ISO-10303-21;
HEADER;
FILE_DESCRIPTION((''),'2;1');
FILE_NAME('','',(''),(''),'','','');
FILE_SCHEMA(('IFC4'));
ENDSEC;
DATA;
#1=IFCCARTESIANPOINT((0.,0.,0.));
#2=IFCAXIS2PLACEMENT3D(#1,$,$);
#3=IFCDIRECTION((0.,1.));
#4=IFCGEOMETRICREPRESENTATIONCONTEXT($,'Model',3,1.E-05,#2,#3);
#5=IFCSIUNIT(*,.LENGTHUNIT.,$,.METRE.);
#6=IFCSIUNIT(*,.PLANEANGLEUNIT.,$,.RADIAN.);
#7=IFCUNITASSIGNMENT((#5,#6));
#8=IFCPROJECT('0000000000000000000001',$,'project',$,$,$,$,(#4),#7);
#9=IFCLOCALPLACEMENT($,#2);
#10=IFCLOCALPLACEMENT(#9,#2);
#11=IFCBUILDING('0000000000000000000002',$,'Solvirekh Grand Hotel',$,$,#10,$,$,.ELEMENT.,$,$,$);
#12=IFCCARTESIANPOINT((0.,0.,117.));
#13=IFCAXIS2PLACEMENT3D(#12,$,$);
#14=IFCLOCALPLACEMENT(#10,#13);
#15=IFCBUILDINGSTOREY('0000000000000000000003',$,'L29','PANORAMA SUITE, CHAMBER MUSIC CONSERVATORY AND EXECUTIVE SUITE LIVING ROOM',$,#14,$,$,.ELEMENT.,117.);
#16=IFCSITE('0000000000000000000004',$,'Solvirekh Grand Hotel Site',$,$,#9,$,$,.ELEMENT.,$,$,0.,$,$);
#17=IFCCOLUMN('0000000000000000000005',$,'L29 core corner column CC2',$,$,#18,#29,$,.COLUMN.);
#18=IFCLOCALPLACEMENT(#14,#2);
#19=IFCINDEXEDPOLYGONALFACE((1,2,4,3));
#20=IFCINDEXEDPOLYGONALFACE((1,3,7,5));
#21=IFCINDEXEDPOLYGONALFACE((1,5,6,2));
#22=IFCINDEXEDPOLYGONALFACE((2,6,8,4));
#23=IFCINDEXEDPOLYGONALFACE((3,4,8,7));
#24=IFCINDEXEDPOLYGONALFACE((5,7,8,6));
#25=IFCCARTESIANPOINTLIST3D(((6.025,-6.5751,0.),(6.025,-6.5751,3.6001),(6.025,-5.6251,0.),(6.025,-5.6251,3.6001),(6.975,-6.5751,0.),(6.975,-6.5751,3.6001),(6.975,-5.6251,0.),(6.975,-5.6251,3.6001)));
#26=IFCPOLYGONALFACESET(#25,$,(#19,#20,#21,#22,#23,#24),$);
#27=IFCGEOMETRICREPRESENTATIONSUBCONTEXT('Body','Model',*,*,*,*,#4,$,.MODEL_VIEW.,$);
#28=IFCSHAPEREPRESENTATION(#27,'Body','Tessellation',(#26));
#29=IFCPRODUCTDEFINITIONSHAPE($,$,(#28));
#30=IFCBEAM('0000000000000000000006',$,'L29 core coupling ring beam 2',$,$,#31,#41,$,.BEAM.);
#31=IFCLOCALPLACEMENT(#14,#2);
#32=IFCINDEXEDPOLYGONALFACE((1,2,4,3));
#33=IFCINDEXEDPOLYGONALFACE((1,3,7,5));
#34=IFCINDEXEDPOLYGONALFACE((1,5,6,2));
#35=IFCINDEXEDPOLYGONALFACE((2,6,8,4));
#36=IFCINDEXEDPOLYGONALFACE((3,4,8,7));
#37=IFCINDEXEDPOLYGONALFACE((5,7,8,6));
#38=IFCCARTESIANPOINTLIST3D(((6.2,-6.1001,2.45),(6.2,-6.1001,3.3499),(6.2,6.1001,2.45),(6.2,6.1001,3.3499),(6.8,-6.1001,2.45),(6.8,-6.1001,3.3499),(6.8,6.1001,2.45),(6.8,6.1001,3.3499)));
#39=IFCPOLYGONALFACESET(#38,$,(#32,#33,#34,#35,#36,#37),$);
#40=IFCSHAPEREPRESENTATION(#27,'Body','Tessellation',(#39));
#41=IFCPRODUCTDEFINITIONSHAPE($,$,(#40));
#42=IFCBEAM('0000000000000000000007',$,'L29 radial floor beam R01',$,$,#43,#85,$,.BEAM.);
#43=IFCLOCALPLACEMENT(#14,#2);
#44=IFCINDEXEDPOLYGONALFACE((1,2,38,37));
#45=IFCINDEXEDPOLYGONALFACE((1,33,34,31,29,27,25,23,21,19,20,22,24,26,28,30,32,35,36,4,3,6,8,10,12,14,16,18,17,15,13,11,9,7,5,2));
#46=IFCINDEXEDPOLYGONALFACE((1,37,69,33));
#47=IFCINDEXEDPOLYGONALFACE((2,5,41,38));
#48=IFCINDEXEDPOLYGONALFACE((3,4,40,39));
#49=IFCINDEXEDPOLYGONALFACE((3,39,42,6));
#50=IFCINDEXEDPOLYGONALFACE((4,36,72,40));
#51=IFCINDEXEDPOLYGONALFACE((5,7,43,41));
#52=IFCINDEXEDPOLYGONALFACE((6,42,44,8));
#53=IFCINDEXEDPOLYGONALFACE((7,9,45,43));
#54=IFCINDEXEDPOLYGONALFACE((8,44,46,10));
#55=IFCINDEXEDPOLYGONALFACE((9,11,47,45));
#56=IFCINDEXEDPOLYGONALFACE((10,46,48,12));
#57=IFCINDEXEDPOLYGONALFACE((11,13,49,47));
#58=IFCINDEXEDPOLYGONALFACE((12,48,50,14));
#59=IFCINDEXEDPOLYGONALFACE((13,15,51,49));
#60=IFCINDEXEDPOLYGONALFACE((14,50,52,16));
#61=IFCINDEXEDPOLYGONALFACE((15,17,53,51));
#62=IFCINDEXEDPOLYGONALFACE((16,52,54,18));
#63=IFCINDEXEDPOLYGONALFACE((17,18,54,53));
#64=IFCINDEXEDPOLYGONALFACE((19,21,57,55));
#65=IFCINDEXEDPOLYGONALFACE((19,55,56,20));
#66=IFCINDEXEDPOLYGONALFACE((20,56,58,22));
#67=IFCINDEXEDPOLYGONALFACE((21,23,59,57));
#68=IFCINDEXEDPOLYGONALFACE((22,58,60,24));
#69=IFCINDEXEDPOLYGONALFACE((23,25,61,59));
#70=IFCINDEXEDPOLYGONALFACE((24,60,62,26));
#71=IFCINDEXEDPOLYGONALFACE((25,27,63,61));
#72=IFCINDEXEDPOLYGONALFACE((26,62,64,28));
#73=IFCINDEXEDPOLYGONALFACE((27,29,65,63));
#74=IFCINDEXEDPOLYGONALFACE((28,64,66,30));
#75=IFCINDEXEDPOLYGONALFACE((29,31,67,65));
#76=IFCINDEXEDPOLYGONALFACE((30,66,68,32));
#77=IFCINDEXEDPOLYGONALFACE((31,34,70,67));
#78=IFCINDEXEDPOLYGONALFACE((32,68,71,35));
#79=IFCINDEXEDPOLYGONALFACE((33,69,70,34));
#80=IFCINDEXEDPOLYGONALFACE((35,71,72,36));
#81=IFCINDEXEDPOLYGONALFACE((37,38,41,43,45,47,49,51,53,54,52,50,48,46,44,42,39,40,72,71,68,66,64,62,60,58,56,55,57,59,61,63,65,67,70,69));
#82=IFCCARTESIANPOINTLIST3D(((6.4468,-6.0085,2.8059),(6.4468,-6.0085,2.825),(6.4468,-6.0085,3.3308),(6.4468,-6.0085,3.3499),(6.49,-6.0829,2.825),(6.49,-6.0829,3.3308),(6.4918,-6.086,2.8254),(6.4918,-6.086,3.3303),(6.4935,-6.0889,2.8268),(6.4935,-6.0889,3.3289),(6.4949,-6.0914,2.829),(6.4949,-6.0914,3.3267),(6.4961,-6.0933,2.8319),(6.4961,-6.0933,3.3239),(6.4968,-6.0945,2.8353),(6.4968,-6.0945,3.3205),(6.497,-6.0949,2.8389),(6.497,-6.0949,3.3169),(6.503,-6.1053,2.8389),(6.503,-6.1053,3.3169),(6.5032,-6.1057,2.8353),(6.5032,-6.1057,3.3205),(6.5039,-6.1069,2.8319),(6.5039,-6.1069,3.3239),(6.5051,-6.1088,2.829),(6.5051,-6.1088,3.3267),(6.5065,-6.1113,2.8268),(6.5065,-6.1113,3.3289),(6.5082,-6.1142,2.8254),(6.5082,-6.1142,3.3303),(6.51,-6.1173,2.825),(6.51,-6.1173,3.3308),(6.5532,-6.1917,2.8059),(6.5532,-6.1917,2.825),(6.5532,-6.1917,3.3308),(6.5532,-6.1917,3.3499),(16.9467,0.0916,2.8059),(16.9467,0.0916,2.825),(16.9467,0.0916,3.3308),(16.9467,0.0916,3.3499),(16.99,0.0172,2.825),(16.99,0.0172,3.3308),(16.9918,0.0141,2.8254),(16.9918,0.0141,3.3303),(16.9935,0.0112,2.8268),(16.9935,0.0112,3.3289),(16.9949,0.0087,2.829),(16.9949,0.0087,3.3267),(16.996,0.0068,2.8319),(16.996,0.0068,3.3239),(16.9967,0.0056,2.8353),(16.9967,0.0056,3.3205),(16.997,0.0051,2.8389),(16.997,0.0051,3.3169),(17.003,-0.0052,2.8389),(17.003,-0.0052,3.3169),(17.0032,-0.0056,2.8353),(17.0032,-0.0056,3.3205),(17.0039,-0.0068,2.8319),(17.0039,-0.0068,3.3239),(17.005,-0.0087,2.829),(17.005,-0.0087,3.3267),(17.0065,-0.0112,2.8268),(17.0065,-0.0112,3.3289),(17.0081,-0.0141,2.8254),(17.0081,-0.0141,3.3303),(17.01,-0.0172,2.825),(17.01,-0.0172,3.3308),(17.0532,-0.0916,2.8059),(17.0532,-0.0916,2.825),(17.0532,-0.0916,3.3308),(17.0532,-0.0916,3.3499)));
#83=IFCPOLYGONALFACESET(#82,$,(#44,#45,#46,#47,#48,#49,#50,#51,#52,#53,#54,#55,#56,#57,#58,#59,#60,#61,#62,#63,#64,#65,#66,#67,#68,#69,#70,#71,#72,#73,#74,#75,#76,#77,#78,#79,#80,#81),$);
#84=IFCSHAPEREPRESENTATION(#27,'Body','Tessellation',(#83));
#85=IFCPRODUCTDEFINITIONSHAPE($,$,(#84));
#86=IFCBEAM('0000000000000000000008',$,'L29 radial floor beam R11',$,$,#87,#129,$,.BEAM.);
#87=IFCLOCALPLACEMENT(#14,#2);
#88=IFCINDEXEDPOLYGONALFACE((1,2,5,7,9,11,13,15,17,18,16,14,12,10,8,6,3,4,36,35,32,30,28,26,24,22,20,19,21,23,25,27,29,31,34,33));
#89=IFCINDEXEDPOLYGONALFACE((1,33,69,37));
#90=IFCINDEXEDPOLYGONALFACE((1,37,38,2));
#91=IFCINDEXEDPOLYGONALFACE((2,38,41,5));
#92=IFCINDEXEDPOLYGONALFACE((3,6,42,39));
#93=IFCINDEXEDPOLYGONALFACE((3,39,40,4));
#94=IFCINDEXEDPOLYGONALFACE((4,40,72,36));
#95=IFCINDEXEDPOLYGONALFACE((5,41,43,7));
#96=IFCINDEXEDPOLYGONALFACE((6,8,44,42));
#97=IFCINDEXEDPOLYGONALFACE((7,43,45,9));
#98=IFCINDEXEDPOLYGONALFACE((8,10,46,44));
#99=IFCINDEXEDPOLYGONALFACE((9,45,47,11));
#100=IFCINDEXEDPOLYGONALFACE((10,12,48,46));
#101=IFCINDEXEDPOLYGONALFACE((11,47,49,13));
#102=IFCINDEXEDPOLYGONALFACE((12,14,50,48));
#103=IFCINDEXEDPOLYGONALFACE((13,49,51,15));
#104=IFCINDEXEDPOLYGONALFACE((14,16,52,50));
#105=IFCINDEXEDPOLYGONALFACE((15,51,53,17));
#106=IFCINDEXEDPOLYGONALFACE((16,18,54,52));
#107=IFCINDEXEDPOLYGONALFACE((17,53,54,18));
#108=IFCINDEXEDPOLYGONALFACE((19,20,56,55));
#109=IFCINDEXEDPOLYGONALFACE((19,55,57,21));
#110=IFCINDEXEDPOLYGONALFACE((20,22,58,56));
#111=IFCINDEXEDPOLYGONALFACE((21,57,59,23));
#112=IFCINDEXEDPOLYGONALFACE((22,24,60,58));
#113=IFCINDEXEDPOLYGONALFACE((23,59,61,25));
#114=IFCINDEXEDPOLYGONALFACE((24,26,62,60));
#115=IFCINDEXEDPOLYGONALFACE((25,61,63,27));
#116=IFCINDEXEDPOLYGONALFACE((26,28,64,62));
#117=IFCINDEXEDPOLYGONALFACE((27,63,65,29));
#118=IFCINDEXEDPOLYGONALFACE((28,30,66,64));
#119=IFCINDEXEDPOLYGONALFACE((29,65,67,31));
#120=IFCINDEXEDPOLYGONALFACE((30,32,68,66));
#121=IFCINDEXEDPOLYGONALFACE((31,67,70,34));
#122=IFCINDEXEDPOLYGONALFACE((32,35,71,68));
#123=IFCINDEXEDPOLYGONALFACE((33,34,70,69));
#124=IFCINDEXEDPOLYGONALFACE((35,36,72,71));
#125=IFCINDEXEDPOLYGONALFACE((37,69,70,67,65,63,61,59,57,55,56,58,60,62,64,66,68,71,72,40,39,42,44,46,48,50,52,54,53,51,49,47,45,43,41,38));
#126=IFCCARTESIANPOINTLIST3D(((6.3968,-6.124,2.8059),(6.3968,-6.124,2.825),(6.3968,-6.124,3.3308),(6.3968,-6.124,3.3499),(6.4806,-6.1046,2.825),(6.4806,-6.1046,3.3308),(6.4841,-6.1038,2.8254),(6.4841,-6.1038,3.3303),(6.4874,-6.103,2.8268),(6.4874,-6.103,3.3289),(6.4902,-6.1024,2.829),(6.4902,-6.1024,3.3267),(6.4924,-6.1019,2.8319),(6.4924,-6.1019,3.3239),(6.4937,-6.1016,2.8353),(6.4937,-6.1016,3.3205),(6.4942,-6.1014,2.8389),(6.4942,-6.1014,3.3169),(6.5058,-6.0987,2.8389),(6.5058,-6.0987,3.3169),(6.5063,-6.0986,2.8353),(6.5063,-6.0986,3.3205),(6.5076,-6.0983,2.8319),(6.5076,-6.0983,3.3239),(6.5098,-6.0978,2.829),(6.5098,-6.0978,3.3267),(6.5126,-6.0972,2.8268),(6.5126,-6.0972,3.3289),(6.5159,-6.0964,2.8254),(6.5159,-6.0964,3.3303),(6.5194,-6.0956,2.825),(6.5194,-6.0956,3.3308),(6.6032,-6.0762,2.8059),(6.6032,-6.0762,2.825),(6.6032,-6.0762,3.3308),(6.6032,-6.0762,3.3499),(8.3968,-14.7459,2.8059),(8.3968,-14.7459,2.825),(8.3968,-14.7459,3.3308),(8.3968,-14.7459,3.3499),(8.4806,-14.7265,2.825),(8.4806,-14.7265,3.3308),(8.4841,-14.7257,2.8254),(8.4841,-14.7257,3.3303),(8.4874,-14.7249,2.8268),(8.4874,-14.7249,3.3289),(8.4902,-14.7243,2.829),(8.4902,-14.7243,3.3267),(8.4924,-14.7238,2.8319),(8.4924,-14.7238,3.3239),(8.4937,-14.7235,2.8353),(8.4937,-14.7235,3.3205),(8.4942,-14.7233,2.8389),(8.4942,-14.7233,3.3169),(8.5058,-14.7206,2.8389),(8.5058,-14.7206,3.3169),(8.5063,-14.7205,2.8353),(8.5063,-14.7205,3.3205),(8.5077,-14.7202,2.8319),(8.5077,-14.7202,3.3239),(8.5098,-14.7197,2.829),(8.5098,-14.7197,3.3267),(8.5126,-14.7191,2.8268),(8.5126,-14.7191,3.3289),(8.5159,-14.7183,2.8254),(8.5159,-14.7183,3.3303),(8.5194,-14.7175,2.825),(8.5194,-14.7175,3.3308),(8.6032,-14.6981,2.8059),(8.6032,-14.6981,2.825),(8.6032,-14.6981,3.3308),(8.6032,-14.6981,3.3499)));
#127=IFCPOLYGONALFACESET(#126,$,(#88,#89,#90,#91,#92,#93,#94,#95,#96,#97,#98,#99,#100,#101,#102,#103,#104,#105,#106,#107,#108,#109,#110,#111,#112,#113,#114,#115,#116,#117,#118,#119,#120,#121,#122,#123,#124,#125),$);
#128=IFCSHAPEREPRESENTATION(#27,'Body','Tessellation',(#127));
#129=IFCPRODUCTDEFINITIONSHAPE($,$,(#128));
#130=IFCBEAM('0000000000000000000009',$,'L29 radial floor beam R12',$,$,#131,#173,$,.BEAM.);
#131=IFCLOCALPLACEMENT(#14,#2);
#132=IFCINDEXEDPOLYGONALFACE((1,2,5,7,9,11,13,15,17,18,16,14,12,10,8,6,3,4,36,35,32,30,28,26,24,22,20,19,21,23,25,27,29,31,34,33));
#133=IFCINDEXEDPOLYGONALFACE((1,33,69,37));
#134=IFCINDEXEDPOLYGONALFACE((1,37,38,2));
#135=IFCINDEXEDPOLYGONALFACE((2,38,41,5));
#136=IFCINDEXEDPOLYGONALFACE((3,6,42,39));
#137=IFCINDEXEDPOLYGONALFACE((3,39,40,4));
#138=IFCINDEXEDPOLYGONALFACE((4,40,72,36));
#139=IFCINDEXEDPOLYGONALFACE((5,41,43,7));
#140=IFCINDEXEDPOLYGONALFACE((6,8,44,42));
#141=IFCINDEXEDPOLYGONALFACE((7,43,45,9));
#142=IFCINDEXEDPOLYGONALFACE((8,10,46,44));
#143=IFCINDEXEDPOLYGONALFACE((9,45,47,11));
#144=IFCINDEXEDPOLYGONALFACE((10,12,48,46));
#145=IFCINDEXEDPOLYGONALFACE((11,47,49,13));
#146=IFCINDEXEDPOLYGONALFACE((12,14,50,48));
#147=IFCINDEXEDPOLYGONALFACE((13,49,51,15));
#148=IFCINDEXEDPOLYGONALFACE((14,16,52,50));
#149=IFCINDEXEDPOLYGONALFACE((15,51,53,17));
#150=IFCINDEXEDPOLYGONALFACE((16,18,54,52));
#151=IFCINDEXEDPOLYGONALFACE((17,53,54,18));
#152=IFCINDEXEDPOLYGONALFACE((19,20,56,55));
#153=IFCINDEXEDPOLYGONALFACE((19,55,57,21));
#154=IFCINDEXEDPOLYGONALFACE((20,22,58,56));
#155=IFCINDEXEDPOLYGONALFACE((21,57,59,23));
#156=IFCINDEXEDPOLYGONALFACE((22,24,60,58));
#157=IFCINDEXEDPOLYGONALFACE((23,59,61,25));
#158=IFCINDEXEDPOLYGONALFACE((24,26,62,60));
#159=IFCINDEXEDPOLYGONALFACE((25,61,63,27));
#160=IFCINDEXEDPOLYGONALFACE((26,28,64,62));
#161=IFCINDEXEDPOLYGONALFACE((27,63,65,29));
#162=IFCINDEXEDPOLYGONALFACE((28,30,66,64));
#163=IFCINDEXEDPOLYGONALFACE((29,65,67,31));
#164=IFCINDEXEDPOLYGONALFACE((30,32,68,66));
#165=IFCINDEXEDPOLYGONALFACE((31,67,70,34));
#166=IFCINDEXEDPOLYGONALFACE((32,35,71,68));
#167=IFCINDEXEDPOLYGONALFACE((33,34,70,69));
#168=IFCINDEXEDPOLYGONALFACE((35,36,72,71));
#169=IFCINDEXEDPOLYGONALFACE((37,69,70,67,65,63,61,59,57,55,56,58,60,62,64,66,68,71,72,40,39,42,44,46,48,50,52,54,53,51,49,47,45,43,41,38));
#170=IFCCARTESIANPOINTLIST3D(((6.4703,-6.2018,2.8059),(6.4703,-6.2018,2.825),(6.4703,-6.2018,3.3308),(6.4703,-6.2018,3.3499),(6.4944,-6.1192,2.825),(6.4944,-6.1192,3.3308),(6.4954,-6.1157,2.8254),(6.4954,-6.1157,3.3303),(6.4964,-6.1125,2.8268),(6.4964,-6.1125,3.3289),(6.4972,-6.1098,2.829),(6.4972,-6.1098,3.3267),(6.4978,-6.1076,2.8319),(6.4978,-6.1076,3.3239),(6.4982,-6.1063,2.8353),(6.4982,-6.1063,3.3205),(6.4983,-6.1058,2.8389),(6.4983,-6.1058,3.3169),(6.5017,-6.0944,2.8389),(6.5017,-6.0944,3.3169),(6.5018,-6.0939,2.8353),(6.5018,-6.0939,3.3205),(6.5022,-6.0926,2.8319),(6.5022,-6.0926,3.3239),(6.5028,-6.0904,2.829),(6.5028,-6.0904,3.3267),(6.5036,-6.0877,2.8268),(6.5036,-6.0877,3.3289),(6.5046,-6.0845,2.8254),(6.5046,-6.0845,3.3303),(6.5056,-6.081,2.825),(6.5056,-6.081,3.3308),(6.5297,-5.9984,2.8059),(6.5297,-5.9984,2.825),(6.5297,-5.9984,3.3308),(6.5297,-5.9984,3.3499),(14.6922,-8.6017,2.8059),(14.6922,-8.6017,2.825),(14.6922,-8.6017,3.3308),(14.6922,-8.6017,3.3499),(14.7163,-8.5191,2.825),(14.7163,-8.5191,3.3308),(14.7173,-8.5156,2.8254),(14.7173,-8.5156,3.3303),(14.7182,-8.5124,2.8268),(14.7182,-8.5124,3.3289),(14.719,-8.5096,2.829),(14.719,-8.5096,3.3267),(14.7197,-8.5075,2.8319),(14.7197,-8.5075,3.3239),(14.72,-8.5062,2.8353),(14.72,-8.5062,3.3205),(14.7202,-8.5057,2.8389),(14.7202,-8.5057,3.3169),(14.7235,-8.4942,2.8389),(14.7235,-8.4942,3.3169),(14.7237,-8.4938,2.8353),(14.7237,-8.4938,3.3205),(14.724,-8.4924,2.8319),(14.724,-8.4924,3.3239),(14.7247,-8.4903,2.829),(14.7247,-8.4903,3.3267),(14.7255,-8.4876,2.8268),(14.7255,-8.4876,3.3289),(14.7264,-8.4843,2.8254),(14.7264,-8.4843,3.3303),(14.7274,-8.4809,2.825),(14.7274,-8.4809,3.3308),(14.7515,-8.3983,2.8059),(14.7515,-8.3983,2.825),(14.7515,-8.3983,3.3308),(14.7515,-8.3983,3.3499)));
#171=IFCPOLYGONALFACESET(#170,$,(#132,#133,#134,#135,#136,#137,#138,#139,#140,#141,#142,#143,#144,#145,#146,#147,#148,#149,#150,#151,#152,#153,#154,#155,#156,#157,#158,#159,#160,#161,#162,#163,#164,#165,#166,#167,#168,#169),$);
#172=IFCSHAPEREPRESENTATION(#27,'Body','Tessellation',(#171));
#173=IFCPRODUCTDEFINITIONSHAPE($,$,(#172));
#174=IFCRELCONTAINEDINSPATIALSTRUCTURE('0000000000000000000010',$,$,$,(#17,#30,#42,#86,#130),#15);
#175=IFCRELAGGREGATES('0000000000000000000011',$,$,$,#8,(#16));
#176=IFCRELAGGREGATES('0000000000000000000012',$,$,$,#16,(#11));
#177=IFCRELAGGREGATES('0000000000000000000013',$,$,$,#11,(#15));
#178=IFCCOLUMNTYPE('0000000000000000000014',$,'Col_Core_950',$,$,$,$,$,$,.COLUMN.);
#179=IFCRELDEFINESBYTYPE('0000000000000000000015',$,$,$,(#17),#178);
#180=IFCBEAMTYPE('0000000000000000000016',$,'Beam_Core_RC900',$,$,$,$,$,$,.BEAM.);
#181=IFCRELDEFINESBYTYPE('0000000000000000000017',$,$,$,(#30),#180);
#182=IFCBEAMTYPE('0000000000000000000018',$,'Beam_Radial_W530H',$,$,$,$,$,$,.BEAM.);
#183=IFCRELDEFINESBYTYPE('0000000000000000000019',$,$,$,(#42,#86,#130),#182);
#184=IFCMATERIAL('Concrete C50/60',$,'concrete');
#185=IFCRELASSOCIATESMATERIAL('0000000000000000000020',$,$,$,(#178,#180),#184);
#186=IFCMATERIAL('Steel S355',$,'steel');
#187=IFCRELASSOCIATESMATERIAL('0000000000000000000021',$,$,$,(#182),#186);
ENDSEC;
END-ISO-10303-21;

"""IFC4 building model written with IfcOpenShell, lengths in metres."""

from ifc_helpers import new_model, si_unit, direction, frame, origin, origin_2d, place, context, subcontext, project, spatial, rectangle, i_section, extrude, material, material_profile, profile_set, type_object, element, save


model = new_model("IFC4")

# Units and contexts
model_context = context("Model", 3, precision=1e-05, world=origin(), true_north=direction((0.0, 1.0)))
body_context = subcontext(model_context, "Body", "Model", "MODEL_VIEW")
ifc_project = project(units=[si_unit("LENGTHUNIT", "METRE"), si_unit("PLANEANGLEUNIT", "RADIAN")], contexts=[model_context])

# Site, building, storey
site_placement = place(None, origin())
site = spatial("IfcSite", under=ifc_project, at=site_placement, Name="Solvirekh Grand Hotel Site", CompositionType="ELEMENT", RefElevation=0.0)
building_placement = place(site_placement, origin())
building = spatial("IfcBuilding", under=site, at=building_placement, Name="Solvirekh Grand Hotel", CompositionType="ELEMENT")
storey_placement = place(building_placement, frame((0.0, 0.0, 117.0)))
storey = spatial("IfcBuildingStorey", under=building, at=storey_placement, Name="L29", Description="PANORAMA SUITE, CHAMBER MUSIC CONSERVATORY AND EXECUTIVE SUITE LIVING ROOM", CompositionType="ELEMENT", Elevation=117.0)

# Column
ifc_material_1 = material(Name="Concrete C50/60", Category="concrete")
ifc_material_profile_1 = material_profile(ifc_material_1, rectangle(XDim=0.95, YDim=0.95, at=origin_2d()), Name="RC 950X950")
ifc_profile_set_1 = profile_set([ifc_material_profile_1], Name="Concrete C50/60")
column_type = type_object("IfcColumnType", Name="Col_Core_950", PredefinedType="COLUMN", material=ifc_profile_set_1)
column_placement = place(storey_placement, frame((6.5, -6.1001, 0.0), z_axis=(0.0, 0.0, 1.0), x_axis=(1.0, 0.0, 0.0)))
element("IfcColumn", 1, at=column_placement, inside=storey, type_object=column_type, Name="L29 core corner column CC2", PredefinedType="COLUMN", context=body_context, shape_type="SweptSolid", body=[
    extrude(rectangle(XDim=0.95, YDim=0.95, at=origin_2d()), origin(), (0.0, 0.0, 1.0), 3.6001),
])

# Beams
ifc_material_profile_2 = material_profile(ifc_material_1, rectangle(XDim=0.6001, YDim=0.8999, at=origin_2d()), Name="RC BEAM 600X900")
ifc_profile_set_2 = profile_set([ifc_material_profile_2], Name="Concrete C50/60")
beam_type_1 = type_object("IfcBeamType", Name="Beam_Core_RC900", PredefinedType="BEAM", material=ifc_profile_set_2)
beam_1_placement = place(storey_placement, frame((6.5, -6.1001, 2.8999), z_axis=(0.0, 1.0, 0.0), x_axis=(-1.0, 0.0, 0.0)))
element("IfcBeam", 2, at=beam_1_placement, inside=storey, type_object=beam_type_1, Name="L29 core coupling ring beam 2", PredefinedType="BEAM", context=body_context, shape_type="SweptSolid", body=[
    extrude(rectangle(XDim=0.6001, YDim=0.8999, at=origin_2d()), origin(), (0.0, 0.0, 1.0), 12.2002),
])
ifc_material_2 = material(Name="Steel S355", Category="steel")
ifc_material_profile_3 = material_profile(ifc_material_2, i_section(OverallWidth=0.2119, OverallDepth=0.5439, WebThickness=0.012, FlangeThickness=0.019, FilletRadius=0.0139, at=origin_2d()), Name="W530X123")
ifc_profile_set_3 = profile_set([ifc_material_profile_3], Name="Steel S355")
beam_type_2 = type_object("IfcBeamType", Name="Beam_Radial_W530H", PredefinedType="BEAM", material=ifc_profile_set_3)
beam_2_placement = place(storey_placement, frame((6.5, -6.1001, 3.0779), z_axis=(0.86467, 0.50234, 0.0), x_axis=(-0.50234, 0.86467, 0.0)))
element("IfcBeam", 3, at=beam_2_placement, inside=storey, type_object=beam_type_2, Name="L29 radial floor beam R01", PredefinedType="BEAM", context=body_context, shape_type="SweptSolid", body=[
    extrude(i_section(OverallWidth=0.2119, OverallDepth=0.5439, WebThickness=0.012, FlangeThickness=0.019, FilletRadius=0.0139, at=origin_2d()), origin(), (0.0, 0.0, 1.0), 12.1433),
])
beam_3_placement = place(storey_placement, frame((6.5, -6.1001, 3.0779), z_axis=(0.225969, -0.974134, 0.0), x_axis=(0.974134, 0.225969, 0.0)))
element("IfcBeam", 4, at=beam_3_placement, inside=storey, type_object=beam_type_2, Name="L29 radial floor beam R11", PredefinedType="BEAM", context=body_context, shape_type="SweptSolid", body=[
    extrude(i_section(OverallWidth=0.2119, OverallDepth=0.5439, WebThickness=0.012, FlangeThickness=0.019, FilletRadius=0.0139, at=origin_2d()), origin(), (0.0, 0.0, 1.0), 8.8508),
])
beam_4_placement = place(storey_placement, frame((6.5, -6.1001, 3.0779), z_axis=(0.959942, -0.280198, 0.0), x_axis=(0.280198, 0.959942, 0.0)))
element("IfcBeam", 5, at=beam_4_placement, inside=storey, type_object=beam_type_2, Name="L29 radial floor beam R12", PredefinedType="BEAM", context=body_context, shape_type="SweptSolid", body=[
    extrude(i_section(OverallWidth=0.2119, OverallDepth=0.5439, WebThickness=0.012, FlangeThickness=0.019, FilletRadius=0.0139, at=origin_2d()), origin(), (0.0, 0.0, 1.0), 8.5649),
])

save(model, "model.ifc")
